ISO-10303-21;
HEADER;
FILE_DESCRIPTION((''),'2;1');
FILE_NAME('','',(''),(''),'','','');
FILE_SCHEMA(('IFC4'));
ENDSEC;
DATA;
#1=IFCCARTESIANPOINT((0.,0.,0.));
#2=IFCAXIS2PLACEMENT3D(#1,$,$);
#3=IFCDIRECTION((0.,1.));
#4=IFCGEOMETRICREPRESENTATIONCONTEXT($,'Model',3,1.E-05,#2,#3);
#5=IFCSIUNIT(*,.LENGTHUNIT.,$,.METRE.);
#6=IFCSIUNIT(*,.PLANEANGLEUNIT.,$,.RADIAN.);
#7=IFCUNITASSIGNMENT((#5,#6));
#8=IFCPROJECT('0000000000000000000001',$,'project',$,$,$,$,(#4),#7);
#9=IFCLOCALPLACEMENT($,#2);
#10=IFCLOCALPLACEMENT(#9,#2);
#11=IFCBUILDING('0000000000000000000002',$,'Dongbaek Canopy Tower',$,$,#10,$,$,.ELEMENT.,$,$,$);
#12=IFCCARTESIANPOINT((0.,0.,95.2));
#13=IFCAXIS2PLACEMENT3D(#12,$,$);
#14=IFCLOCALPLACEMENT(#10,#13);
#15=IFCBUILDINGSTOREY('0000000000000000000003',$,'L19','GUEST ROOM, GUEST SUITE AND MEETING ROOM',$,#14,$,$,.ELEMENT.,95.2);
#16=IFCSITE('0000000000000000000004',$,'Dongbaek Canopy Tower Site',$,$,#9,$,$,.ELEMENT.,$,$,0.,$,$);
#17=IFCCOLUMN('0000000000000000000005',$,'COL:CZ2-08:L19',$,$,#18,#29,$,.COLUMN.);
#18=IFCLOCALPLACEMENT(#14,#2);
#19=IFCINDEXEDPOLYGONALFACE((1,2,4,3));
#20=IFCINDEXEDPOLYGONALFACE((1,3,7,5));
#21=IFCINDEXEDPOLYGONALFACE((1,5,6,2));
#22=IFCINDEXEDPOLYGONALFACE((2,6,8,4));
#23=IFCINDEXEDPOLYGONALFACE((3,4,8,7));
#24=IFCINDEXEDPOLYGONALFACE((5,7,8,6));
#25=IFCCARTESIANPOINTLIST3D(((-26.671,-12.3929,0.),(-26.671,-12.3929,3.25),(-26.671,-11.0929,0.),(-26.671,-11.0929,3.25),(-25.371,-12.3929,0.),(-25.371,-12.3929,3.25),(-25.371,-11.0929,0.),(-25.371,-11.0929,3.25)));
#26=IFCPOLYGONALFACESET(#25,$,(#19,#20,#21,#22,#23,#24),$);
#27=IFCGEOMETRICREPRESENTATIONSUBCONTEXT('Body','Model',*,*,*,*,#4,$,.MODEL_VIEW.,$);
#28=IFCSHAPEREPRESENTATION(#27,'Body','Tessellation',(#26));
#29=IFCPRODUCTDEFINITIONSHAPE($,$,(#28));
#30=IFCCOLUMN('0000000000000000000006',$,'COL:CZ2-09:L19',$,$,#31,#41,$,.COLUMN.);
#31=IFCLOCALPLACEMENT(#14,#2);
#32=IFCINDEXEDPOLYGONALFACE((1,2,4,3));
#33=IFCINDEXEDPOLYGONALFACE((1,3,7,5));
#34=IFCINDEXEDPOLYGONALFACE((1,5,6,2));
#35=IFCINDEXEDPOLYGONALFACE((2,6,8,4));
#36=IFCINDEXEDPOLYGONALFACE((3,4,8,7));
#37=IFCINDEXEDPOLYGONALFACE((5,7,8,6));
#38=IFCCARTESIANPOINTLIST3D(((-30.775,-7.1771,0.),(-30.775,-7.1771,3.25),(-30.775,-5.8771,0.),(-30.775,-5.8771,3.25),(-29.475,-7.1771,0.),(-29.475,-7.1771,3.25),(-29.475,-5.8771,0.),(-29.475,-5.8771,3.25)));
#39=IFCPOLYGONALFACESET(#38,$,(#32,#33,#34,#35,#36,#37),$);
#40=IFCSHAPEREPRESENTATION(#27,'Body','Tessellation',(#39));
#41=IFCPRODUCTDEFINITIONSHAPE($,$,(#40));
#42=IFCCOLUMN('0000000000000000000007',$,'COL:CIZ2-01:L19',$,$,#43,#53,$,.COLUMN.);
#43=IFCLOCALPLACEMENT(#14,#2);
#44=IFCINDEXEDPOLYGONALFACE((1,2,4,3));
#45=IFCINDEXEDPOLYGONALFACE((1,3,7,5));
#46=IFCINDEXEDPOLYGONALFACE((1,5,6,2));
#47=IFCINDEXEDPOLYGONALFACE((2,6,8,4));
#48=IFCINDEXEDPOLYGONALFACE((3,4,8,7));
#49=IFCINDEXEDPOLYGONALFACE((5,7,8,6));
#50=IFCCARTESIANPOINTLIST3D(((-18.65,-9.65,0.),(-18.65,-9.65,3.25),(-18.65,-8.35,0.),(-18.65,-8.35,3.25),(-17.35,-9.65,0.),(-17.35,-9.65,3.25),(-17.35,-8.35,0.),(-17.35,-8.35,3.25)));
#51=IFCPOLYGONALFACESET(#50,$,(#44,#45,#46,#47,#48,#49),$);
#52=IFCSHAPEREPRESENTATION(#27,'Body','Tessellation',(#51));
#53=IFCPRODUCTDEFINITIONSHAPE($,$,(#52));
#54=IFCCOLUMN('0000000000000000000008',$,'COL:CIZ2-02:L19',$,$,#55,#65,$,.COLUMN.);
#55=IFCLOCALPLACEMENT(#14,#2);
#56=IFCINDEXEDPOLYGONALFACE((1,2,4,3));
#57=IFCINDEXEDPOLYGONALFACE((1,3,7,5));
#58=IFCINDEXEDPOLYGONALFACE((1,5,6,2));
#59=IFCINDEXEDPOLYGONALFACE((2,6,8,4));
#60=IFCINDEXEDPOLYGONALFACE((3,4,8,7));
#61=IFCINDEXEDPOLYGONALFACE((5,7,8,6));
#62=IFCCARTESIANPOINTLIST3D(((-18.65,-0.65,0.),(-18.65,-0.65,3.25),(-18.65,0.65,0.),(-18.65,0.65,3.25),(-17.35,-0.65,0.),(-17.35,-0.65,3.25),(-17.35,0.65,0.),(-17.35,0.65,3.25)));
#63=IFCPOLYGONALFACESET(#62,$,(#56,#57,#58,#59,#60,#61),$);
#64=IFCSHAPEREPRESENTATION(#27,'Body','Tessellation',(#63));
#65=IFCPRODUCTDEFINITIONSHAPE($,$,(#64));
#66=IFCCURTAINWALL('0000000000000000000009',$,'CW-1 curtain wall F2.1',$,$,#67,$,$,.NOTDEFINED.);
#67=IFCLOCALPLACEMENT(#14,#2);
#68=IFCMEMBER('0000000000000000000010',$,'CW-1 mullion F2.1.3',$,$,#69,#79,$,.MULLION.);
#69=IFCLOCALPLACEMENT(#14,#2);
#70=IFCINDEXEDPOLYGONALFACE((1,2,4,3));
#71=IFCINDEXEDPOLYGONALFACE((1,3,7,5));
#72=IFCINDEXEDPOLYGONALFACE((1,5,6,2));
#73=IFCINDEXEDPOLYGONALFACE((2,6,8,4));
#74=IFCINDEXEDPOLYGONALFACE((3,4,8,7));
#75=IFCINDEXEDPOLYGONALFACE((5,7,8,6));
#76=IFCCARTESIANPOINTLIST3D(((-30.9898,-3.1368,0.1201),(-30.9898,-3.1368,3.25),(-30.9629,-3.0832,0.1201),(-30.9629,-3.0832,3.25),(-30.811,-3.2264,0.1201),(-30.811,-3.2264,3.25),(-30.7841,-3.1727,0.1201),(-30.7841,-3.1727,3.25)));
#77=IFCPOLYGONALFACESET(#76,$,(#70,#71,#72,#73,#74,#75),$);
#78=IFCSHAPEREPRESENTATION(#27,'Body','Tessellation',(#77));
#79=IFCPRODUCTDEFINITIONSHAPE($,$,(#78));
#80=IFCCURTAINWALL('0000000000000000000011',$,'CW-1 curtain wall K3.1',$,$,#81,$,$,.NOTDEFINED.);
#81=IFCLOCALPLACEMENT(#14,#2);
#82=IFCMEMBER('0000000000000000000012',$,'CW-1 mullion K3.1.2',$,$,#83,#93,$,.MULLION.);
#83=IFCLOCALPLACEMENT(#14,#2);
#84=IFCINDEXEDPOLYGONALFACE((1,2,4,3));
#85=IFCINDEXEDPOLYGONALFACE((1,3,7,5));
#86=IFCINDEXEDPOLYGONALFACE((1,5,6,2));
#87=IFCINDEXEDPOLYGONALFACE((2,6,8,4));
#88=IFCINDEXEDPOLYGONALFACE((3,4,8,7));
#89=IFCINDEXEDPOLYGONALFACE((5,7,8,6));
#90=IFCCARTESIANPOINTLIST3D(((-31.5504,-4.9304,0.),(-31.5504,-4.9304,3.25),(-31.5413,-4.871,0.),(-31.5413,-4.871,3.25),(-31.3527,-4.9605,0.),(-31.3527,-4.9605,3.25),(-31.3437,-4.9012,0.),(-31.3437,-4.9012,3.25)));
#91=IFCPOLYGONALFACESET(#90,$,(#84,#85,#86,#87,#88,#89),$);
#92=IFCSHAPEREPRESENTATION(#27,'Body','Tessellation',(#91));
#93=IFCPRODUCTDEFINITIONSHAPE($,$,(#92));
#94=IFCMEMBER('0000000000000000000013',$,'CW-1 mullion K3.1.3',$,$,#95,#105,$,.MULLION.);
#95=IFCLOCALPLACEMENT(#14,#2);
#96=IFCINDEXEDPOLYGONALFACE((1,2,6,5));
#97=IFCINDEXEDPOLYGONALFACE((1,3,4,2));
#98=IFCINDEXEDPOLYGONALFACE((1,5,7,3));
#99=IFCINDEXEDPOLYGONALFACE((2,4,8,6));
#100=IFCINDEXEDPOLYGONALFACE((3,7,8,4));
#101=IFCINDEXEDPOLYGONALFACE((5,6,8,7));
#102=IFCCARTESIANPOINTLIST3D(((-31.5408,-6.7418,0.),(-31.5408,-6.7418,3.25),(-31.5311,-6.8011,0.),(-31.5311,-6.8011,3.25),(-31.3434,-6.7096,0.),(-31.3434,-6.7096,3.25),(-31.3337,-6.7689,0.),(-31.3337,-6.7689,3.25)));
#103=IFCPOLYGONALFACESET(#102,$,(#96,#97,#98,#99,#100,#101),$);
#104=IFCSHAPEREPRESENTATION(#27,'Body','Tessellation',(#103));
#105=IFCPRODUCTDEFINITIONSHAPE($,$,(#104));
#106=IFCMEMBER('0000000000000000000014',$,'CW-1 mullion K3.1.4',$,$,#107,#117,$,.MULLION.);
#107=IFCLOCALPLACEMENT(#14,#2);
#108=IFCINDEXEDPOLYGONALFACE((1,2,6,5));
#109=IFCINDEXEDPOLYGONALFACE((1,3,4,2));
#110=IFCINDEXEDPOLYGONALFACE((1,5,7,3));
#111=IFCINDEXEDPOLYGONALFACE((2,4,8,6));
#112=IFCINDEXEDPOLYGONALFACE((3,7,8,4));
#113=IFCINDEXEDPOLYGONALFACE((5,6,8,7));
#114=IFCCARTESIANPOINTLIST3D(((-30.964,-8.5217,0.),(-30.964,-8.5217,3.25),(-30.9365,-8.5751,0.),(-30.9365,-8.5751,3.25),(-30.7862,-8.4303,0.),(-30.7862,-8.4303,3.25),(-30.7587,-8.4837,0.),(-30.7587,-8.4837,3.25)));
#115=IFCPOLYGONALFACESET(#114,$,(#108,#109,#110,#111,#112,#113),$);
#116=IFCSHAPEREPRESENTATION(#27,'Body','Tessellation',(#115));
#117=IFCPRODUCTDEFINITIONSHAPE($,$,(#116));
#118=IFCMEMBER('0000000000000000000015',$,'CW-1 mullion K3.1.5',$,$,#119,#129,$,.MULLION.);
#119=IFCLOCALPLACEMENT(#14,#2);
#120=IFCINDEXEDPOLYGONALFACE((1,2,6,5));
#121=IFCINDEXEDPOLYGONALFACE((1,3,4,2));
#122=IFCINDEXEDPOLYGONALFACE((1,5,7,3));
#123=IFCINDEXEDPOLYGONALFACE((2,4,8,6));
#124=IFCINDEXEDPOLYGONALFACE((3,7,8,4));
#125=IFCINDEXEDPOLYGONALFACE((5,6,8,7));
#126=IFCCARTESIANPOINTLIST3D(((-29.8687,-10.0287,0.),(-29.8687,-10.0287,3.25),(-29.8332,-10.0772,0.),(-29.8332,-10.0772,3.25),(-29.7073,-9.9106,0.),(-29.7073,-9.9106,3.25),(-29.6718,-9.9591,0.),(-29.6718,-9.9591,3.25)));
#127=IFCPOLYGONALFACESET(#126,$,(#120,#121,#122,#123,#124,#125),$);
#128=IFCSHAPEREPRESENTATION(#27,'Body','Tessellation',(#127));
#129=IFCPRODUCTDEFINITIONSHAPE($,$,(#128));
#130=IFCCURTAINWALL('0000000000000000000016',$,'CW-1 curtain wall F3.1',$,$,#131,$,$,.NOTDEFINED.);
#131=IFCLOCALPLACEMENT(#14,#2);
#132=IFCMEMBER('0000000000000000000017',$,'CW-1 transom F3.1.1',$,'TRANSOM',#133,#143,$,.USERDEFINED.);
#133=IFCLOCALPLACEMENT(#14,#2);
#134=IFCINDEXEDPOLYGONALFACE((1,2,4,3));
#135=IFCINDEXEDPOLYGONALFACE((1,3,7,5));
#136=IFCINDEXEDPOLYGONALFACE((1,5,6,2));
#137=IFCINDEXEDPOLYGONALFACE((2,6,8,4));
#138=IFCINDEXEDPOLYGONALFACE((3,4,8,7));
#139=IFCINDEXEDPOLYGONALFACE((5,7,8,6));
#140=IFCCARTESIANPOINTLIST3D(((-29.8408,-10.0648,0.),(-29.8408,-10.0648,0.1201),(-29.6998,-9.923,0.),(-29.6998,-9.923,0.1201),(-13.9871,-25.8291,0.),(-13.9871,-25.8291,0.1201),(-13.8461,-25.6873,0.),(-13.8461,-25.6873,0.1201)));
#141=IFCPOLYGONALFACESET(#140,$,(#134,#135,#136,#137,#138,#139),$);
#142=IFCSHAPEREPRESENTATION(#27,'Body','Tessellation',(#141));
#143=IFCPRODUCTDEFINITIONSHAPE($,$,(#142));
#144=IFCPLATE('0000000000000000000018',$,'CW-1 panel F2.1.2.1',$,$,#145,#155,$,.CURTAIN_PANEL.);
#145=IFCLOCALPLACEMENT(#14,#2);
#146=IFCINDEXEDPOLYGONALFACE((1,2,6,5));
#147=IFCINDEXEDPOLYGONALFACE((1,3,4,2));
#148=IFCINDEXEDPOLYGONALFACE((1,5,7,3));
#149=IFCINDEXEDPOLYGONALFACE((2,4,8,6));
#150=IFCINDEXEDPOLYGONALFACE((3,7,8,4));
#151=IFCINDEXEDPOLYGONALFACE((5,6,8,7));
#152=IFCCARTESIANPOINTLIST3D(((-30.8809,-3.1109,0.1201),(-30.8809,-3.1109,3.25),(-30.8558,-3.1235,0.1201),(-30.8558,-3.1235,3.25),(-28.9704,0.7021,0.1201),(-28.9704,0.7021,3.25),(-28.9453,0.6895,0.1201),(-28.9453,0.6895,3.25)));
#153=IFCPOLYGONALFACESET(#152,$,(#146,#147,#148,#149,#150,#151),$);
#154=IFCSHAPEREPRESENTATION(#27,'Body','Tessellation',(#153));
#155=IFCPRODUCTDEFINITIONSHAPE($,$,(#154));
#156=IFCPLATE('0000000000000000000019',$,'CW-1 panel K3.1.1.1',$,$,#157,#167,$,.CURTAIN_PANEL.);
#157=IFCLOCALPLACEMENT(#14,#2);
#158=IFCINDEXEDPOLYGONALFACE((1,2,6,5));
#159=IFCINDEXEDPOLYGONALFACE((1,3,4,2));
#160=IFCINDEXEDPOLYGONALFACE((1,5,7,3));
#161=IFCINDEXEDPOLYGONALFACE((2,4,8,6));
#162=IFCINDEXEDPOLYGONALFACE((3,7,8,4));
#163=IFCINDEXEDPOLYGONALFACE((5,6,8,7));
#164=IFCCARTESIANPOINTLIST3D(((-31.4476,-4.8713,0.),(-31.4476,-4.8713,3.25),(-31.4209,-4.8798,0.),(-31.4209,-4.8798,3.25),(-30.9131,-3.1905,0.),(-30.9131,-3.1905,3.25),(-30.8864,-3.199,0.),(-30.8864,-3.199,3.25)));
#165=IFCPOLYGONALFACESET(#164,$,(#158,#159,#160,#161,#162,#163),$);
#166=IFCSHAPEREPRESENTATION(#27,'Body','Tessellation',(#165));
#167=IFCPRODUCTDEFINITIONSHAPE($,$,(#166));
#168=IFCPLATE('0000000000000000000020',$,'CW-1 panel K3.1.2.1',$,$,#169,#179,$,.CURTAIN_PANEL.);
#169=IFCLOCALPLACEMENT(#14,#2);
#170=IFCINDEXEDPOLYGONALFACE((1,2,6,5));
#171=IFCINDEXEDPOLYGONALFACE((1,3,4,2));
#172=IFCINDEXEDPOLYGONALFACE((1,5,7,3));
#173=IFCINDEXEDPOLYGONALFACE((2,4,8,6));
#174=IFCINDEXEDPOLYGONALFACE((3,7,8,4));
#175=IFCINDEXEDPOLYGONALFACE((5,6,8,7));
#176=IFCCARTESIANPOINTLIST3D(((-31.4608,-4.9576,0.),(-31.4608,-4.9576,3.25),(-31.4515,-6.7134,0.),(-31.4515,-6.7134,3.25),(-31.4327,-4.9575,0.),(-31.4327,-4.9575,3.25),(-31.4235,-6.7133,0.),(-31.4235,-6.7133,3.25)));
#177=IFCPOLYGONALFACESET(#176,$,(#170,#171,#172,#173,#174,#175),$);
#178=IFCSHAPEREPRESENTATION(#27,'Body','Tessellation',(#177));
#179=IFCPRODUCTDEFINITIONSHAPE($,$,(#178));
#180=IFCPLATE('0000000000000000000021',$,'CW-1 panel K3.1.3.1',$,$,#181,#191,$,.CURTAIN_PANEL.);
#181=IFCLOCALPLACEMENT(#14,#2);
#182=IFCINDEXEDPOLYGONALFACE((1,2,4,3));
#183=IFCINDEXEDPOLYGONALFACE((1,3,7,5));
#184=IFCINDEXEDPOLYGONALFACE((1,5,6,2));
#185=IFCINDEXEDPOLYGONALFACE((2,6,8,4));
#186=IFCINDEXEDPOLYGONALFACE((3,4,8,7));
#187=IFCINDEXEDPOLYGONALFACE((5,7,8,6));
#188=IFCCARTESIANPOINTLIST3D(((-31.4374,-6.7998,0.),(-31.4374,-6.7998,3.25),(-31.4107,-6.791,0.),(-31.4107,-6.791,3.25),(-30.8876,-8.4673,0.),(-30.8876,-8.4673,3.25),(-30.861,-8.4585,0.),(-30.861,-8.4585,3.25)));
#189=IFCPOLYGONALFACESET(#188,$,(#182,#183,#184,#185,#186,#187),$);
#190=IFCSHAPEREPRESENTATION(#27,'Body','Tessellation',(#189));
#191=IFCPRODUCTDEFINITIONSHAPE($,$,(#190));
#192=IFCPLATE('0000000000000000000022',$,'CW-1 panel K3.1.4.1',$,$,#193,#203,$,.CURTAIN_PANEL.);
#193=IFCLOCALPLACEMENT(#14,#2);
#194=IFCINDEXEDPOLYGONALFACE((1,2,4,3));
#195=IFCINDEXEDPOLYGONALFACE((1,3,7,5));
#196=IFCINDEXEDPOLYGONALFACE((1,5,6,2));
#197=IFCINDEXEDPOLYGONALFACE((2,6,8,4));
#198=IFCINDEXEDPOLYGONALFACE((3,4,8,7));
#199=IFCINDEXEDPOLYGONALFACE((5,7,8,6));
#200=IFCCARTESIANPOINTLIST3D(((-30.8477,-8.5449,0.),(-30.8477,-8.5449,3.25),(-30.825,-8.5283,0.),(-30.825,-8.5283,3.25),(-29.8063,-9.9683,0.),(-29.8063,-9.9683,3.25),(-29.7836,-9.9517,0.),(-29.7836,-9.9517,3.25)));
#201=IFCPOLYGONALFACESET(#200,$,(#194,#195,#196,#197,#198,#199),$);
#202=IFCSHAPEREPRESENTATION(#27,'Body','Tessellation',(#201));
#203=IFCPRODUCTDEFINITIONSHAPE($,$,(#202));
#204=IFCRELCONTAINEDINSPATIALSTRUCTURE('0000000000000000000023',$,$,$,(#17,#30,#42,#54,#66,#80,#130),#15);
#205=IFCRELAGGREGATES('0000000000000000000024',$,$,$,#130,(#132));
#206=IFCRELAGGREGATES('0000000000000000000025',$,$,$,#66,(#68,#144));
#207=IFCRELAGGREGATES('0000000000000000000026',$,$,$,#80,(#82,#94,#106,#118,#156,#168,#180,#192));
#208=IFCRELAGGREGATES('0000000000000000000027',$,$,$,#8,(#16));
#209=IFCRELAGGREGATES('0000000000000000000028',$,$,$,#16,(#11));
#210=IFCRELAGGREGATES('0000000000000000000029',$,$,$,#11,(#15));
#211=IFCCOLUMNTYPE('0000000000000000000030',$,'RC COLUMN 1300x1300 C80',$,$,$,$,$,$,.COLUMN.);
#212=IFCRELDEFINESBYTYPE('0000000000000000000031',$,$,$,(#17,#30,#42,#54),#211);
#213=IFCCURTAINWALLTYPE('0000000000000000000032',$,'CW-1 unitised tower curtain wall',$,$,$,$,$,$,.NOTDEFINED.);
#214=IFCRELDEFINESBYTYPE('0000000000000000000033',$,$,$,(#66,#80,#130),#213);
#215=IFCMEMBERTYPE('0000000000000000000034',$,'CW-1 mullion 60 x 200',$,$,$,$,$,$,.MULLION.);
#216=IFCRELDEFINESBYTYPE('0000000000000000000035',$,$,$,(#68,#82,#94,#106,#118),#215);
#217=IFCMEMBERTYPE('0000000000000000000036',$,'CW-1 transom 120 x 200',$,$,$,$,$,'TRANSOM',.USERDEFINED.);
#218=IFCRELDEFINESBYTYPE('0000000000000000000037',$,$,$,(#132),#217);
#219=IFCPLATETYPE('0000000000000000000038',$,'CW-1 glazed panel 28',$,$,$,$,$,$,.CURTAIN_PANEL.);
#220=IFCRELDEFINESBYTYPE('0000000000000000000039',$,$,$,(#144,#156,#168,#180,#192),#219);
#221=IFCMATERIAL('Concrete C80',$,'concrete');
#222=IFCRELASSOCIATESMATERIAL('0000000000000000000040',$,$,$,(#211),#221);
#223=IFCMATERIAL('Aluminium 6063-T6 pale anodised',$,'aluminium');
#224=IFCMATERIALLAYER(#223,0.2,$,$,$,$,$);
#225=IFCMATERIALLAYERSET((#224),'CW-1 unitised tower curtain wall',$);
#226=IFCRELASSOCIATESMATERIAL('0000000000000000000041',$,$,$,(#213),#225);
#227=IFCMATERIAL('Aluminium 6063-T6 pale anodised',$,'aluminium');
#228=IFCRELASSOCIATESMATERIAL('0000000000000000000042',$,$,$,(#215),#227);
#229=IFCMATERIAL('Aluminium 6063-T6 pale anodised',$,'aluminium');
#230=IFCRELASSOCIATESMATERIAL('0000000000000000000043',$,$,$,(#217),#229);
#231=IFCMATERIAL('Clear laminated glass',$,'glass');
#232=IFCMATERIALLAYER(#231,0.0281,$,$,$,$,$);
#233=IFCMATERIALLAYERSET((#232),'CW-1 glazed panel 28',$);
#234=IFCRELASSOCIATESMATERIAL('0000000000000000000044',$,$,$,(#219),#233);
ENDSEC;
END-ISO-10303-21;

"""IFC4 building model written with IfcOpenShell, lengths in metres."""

from ifc_helpers import new_model, si_unit, direction, frame, origin, origin_2d, place, context, subcontext, project, spatial, rectangle, extrude, material, layer, layer_set, material_profile, profile_set, type_object, element, aggregate, save


model = new_model("IFC4")

# Units and contexts
model_context = context("Model", 3, precision=1e-05, world=origin(), true_north=direction((0.0, 1.0)))
body_context = subcontext(model_context, "Body", "Model", "MODEL_VIEW")
ifc_project = project(units=[si_unit("LENGTHUNIT", "METRE"), si_unit("PLANEANGLEUNIT", "RADIAN")], contexts=[model_context])

# Site, building, storey
site_placement = place(None, origin())
site = spatial("IfcSite", under=ifc_project, at=site_placement, Name="Dongbaek Canopy Tower Site", CompositionType="ELEMENT", RefElevation=0.0)
building_placement = place(site_placement, origin())
building = spatial("IfcBuilding", under=site, at=building_placement, Name="Dongbaek Canopy Tower", CompositionType="ELEMENT")
storey_placement = place(building_placement, frame((0.0, 0.0, 95.2)))
storey = spatial("IfcBuildingStorey", under=building, at=storey_placement, Name="L19", Description="GUEST ROOM, GUEST SUITE AND MEETING ROOM", CompositionType="ELEMENT", Elevation=95.2)

# Columns
ifc_material_1 = material(Name="Concrete C80", Category="concrete")
ifc_material_profile_1 = material_profile(ifc_material_1, rectangle(XDim=1.3, YDim=1.3, at=origin_2d()), Name="RC COLUMN 1300x1300 C80")
ifc_profile_set_1 = profile_set([ifc_material_profile_1], Name="Concrete C80")
column_type = type_object("IfcColumnType", Name="RC COLUMN 1300x1300 C80", PredefinedType="COLUMN", material=ifc_profile_set_1)
for number, where, z_axis, x_axis, name in (
    (1, (-26.021, -11.7429, 0.0), (0.0, 0.0, 1.0), (1.0, 0.0, 0.0), "COL:CZ2-08:L19"),
    (2, (-30.125, -6.5271, 0.0), (0.0, 0.0, 1.0), (1.0, 0.0, 0.0), "COL:CZ2-09:L19"),
    (3, (-18.0, -9.0, 0.0), (0.0, 0.0, 1.0), (1.0, 0.0, 0.0), "COL:CIZ2-01:L19"),
    (4, (-18.0, 0.0, 0.0), (0.0, 0.0, 1.0), (1.0, 0.0, 0.0), "COL:CIZ2-02:L19"),
):
    element("IfcColumn", number, at=place(storey_placement, frame(where, z_axis=z_axis, x_axis=x_axis)), inside=storey, type_object=column_type, Name=name, PredefinedType="COLUMN", context=body_context, shape_type="SweptSolid", body=[
        extrude(rectangle(XDim=1.3, YDim=1.3, at=origin_2d()), origin(), (0.0, 0.0, 1.0), 3.25),
    ])

# Curtain wall, member
ifc_material_2 = material(Name="Aluminium 6063-T6 pale anodised", Category="aluminium")
ifc_layer_1 = layer(ifc_material_2, 0.2)
ifc_layer_set_1 = layer_set([ifc_layer_1], Name="CW-1 unitised tower curtain wall")
curtain_wall_type = type_object("IfcCurtainWallType", Name="CW-1 unitised tower curtain wall", PredefinedType="NOTDEFINED", material=ifc_layer_set_1)
curtain_wall_1_placement = place(storey_placement, origin())
curtain_wall_1 = element("IfcCurtainWall", 5, at=curtain_wall_1_placement, inside=storey, type_object=curtain_wall_type, Name="CW-1 curtain wall F2.1", PredefinedType="NOTDEFINED")
ifc_material_3 = material(Name="Aluminium 6063-T6 pale anodised", Category="aluminium")
ifc_material_profile_2 = material_profile(ifc_material_3, rectangle(XDim=0.2, YDim=0.0601, at=origin_2d()), Name="CW-1 mullion 60 x 200")
ifc_profile_set_2 = profile_set([ifc_material_profile_2], Name="Aluminium 6063-T6 pale anodised")
member_type_1 = type_object("IfcMemberType", Name="CW-1 mullion 60 x 200", PredefinedType="MULLION", material=ifc_profile_set_2)
member_1_placement = place(storey_placement, frame((-30.887, -3.1548, 0.1201), z_axis=(0.0, 0.0, 1.0), x_axis=(-0.894056, 0.447956, 0.0)))
member_1 = element("IfcMember", 6, at=member_1_placement, type_object=member_type_1, Name="CW-1 mullion F2.1.3", PredefinedType="MULLION", context=body_context, shape_type="SweptSolid", body=[
    extrude(rectangle(XDim=0.2, YDim=0.0601, at=origin_2d()), origin(), (0.0, 0.0, 1.0), 3.1299),
])

# Curtain wall, members
curtain_wall_2_placement = place(storey_placement, origin())
curtain_wall_2 = element("IfcCurtainWall", 7, at=curtain_wall_2_placement, inside=storey, type_object=curtain_wall_type, Name="CW-1 curtain wall K3.1", PredefinedType="NOTDEFINED")
member_2_placement = place(storey_placement, frame((-31.447, -4.9158, 0.0), z_axis=(0.0, 0.0, 1.0), x_axis=(-0.988576, 0.150725, 0.0)))
member_2 = element("IfcMember", 8, at=member_2_placement, type_object=member_type_1, Name="CW-1 mullion K3.1.2", PredefinedType="MULLION", context=body_context, shape_type="SweptSolid", body=[
    extrude(rectangle(XDim=0.2, YDim=0.0601, at=origin_2d()), origin(), (0.0, 0.0, 1.0), 3.25),
])
member_3_placement = place(storey_placement, frame((-31.4373, -6.7554, 0.0), z_axis=(0.0, 0.0, 1.0), x_axis=(-0.986927, -0.161168, 0.0)))
member_3 = element("IfcMember", 9, at=member_3_placement, type_object=member_type_1, Name="CW-1 mullion K3.1.3", PredefinedType="MULLION", context=body_context, shape_type="SweptSolid", body=[
    extrude(rectangle(XDim=0.2, YDim=0.0601, at=origin_2d()), origin(), (0.0, 0.0, 1.0), 3.25),
])
member_4_placement = place(storey_placement, frame((-30.8613, -8.5027, 0.0), z_axis=(0.0, 0.0, 1.0), x_axis=(-0.88927, -0.457382, 0.0)))
member_4 = element("IfcMember", 10, at=member_4_placement, type_object=member_type_1, Name="CW-1 mullion K3.1.4", PredefinedType="MULLION", context=body_context, shape_type="SweptSolid", body=[
    extrude(rectangle(XDim=0.2, YDim=0.0601, at=origin_2d()), origin(), (0.0, 0.0, 1.0), 3.25),
])
member_5_placement = place(storey_placement, frame((-29.7703, -9.9939, 0.0), z_axis=(0.0, 0.0, 1.0), x_axis=(-0.807062, -0.590467, 0.0)))
member_5 = element("IfcMember", 11, at=member_5_placement, type_object=member_type_1, Name="CW-1 mullion K3.1.5", PredefinedType="MULLION", context=body_context, shape_type="SweptSolid", body=[
    extrude(rectangle(XDim=0.2, YDim=0.0601, at=origin_2d()), origin(), (0.0, 0.0, 1.0), 3.25),
])

# Curtain wall, member
curtain_wall_3_placement = place(storey_placement, origin())
curtain_wall_3 = element("IfcCurtainWall", 12, at=curtain_wall_3_placement, inside=storey, type_object=curtain_wall_type, Name="CW-1 curtain wall F3.1", PredefinedType="NOTDEFINED")
ifc_material_4 = material(Name="Aluminium 6063-T6 pale anodised", Category="aluminium")
ifc_material_profile_3 = material_profile(ifc_material_4, rectangle(XDim=0.2, YDim=0.1201, at=origin_2d()), Name="CW-1 transom 120 x 200")
ifc_profile_set_3 = profile_set([ifc_material_profile_3], Name="Aluminium 6063-T6 pale anodised")
member_type_2 = type_object("IfcMemberType", Name="CW-1 transom 120 x 200", ElementType="TRANSOM", PredefinedType="USERDEFINED", material=ifc_profile_set_3)
member_6_placement = place(storey_placement, frame((-29.7703, -9.9939, 0.0601), z_axis=(0.709102, -0.705106, 0.0), x_axis=(0.705106, 0.709102, 0.0)))
member_6 = element("IfcMember", 13, at=member_6_placement, type_object=member_type_2, Name="CW-1 transom F3.1.1", ObjectType="TRANSOM", PredefinedType="USERDEFINED", context=body_context, shape_type="SweptSolid", body=[
    extrude(rectangle(XDim=0.2, YDim=0.1201, at=origin_2d()), origin(), (0.0, 0.0, 1.0), 22.3574),
])

# Plates
ifc_material_5 = material(Name="Clear laminated glass", Category="glass")
ifc_layer_2 = layer(ifc_material_5, 0.0281)
ifc_layer_set_2 = layer_set([ifc_layer_2], Name="CW-1 glazed panel 28")
plate_type = type_object("IfcPlateType", Name="CW-1 glazed panel 28", PredefinedType="CURTAIN_PANEL", material=ifc_layer_set_2)
plate_1_placement = place(storey_placement, frame((-29.9131, -1.2107, 0.1201), z_axis=(0.0, 0.0, 1.0), x_axis=(-0.447956, -0.894056, 0.0)))
plate_1 = element("IfcPlate", 14, at=plate_1_placement, type_object=plate_type, Name="CW-1 panel F2.1.2.1", PredefinedType="CURTAIN_PANEL", context=body_context, shape_type="SweptSolid", body=[
    extrude(rectangle(XDim=4.2649, YDim=0.0281, at=origin_2d()), origin(), (0.0, 0.0, 1.0), 3.1299),
])
plate_2_placement = place(storey_placement, frame((-31.167, -4.0352, 0.0), z_axis=(0.0, 0.0, 1.0), x_axis=(-0.303048, -0.952975, 0.0)))
plate_2 = element("IfcPlate", 15, at=plate_2_placement, type_object=plate_type, Name="CW-1 panel K3.1.1.1", PredefinedType="CURTAIN_PANEL", context=body_context, shape_type="SweptSolid", body=[
    extrude(rectangle(XDim=1.7637, YDim=0.0281, at=origin_2d()), origin(), (0.0, 0.0, 1.0), 3.25),
])
plate_3_placement = place(storey_placement, frame((-31.4421, -5.8354, 0.0), z_axis=(0.0, 0.0, 1.0), x_axis=(0.005286, -0.999986, 0.0)))
plate_3 = element("IfcPlate", 16, at=plate_3_placement, type_object=plate_type, Name="CW-1 panel K3.1.2.1", PredefinedType="CURTAIN_PANEL", context=body_context, shape_type="SweptSolid", body=[
    extrude(rectangle(XDim=1.7559, YDim=0.0281, at=origin_2d()), origin(), (0.0, 0.0, 1.0), 3.25),
])
plate_4_placement = place(storey_placement, frame((-31.1492, -7.6292, 0.0), z_axis=(0.0, 0.0, 1.0), x_axis=(0.313106, -0.949718, 0.0)))
plate_4 = element("IfcPlate", 17, at=plate_4_placement, type_object=plate_type, Name="CW-1 panel K3.1.3.1", PredefinedType="CURTAIN_PANEL", context=body_context, shape_type="SweptSolid", body=[
    extrude(rectangle(XDim=1.7559, YDim=0.0281, at=origin_2d()), origin(), (0.0, 0.0, 1.0), 3.25),
])
plate_5_placement = place(storey_placement, frame((-30.3157, -9.2483, 0.0), z_axis=(0.0, 0.0, 1.0), x_axis=(0.590467, -0.807062, 0.0)))
plate_5 = element("IfcPlate", 18, at=plate_5_placement, type_object=plate_type, Name="CW-1 panel K3.1.4.1", PredefinedType="CURTAIN_PANEL", context=body_context, shape_type="SweptSolid", body=[
    extrude(rectangle(XDim=1.7637, YDim=0.0281, at=origin_2d()), origin(), (0.0, 0.0, 1.0), 3.25),
])
aggregate(curtain_wall_3, [member_6])

aggregate(curtain_wall_1, [member_1, plate_1])
aggregate(curtain_wall_2, [member_2, member_3, member_4, member_5, plate_2, plate_3, plate_4, plate_5])

save(model, "model.ifc")
